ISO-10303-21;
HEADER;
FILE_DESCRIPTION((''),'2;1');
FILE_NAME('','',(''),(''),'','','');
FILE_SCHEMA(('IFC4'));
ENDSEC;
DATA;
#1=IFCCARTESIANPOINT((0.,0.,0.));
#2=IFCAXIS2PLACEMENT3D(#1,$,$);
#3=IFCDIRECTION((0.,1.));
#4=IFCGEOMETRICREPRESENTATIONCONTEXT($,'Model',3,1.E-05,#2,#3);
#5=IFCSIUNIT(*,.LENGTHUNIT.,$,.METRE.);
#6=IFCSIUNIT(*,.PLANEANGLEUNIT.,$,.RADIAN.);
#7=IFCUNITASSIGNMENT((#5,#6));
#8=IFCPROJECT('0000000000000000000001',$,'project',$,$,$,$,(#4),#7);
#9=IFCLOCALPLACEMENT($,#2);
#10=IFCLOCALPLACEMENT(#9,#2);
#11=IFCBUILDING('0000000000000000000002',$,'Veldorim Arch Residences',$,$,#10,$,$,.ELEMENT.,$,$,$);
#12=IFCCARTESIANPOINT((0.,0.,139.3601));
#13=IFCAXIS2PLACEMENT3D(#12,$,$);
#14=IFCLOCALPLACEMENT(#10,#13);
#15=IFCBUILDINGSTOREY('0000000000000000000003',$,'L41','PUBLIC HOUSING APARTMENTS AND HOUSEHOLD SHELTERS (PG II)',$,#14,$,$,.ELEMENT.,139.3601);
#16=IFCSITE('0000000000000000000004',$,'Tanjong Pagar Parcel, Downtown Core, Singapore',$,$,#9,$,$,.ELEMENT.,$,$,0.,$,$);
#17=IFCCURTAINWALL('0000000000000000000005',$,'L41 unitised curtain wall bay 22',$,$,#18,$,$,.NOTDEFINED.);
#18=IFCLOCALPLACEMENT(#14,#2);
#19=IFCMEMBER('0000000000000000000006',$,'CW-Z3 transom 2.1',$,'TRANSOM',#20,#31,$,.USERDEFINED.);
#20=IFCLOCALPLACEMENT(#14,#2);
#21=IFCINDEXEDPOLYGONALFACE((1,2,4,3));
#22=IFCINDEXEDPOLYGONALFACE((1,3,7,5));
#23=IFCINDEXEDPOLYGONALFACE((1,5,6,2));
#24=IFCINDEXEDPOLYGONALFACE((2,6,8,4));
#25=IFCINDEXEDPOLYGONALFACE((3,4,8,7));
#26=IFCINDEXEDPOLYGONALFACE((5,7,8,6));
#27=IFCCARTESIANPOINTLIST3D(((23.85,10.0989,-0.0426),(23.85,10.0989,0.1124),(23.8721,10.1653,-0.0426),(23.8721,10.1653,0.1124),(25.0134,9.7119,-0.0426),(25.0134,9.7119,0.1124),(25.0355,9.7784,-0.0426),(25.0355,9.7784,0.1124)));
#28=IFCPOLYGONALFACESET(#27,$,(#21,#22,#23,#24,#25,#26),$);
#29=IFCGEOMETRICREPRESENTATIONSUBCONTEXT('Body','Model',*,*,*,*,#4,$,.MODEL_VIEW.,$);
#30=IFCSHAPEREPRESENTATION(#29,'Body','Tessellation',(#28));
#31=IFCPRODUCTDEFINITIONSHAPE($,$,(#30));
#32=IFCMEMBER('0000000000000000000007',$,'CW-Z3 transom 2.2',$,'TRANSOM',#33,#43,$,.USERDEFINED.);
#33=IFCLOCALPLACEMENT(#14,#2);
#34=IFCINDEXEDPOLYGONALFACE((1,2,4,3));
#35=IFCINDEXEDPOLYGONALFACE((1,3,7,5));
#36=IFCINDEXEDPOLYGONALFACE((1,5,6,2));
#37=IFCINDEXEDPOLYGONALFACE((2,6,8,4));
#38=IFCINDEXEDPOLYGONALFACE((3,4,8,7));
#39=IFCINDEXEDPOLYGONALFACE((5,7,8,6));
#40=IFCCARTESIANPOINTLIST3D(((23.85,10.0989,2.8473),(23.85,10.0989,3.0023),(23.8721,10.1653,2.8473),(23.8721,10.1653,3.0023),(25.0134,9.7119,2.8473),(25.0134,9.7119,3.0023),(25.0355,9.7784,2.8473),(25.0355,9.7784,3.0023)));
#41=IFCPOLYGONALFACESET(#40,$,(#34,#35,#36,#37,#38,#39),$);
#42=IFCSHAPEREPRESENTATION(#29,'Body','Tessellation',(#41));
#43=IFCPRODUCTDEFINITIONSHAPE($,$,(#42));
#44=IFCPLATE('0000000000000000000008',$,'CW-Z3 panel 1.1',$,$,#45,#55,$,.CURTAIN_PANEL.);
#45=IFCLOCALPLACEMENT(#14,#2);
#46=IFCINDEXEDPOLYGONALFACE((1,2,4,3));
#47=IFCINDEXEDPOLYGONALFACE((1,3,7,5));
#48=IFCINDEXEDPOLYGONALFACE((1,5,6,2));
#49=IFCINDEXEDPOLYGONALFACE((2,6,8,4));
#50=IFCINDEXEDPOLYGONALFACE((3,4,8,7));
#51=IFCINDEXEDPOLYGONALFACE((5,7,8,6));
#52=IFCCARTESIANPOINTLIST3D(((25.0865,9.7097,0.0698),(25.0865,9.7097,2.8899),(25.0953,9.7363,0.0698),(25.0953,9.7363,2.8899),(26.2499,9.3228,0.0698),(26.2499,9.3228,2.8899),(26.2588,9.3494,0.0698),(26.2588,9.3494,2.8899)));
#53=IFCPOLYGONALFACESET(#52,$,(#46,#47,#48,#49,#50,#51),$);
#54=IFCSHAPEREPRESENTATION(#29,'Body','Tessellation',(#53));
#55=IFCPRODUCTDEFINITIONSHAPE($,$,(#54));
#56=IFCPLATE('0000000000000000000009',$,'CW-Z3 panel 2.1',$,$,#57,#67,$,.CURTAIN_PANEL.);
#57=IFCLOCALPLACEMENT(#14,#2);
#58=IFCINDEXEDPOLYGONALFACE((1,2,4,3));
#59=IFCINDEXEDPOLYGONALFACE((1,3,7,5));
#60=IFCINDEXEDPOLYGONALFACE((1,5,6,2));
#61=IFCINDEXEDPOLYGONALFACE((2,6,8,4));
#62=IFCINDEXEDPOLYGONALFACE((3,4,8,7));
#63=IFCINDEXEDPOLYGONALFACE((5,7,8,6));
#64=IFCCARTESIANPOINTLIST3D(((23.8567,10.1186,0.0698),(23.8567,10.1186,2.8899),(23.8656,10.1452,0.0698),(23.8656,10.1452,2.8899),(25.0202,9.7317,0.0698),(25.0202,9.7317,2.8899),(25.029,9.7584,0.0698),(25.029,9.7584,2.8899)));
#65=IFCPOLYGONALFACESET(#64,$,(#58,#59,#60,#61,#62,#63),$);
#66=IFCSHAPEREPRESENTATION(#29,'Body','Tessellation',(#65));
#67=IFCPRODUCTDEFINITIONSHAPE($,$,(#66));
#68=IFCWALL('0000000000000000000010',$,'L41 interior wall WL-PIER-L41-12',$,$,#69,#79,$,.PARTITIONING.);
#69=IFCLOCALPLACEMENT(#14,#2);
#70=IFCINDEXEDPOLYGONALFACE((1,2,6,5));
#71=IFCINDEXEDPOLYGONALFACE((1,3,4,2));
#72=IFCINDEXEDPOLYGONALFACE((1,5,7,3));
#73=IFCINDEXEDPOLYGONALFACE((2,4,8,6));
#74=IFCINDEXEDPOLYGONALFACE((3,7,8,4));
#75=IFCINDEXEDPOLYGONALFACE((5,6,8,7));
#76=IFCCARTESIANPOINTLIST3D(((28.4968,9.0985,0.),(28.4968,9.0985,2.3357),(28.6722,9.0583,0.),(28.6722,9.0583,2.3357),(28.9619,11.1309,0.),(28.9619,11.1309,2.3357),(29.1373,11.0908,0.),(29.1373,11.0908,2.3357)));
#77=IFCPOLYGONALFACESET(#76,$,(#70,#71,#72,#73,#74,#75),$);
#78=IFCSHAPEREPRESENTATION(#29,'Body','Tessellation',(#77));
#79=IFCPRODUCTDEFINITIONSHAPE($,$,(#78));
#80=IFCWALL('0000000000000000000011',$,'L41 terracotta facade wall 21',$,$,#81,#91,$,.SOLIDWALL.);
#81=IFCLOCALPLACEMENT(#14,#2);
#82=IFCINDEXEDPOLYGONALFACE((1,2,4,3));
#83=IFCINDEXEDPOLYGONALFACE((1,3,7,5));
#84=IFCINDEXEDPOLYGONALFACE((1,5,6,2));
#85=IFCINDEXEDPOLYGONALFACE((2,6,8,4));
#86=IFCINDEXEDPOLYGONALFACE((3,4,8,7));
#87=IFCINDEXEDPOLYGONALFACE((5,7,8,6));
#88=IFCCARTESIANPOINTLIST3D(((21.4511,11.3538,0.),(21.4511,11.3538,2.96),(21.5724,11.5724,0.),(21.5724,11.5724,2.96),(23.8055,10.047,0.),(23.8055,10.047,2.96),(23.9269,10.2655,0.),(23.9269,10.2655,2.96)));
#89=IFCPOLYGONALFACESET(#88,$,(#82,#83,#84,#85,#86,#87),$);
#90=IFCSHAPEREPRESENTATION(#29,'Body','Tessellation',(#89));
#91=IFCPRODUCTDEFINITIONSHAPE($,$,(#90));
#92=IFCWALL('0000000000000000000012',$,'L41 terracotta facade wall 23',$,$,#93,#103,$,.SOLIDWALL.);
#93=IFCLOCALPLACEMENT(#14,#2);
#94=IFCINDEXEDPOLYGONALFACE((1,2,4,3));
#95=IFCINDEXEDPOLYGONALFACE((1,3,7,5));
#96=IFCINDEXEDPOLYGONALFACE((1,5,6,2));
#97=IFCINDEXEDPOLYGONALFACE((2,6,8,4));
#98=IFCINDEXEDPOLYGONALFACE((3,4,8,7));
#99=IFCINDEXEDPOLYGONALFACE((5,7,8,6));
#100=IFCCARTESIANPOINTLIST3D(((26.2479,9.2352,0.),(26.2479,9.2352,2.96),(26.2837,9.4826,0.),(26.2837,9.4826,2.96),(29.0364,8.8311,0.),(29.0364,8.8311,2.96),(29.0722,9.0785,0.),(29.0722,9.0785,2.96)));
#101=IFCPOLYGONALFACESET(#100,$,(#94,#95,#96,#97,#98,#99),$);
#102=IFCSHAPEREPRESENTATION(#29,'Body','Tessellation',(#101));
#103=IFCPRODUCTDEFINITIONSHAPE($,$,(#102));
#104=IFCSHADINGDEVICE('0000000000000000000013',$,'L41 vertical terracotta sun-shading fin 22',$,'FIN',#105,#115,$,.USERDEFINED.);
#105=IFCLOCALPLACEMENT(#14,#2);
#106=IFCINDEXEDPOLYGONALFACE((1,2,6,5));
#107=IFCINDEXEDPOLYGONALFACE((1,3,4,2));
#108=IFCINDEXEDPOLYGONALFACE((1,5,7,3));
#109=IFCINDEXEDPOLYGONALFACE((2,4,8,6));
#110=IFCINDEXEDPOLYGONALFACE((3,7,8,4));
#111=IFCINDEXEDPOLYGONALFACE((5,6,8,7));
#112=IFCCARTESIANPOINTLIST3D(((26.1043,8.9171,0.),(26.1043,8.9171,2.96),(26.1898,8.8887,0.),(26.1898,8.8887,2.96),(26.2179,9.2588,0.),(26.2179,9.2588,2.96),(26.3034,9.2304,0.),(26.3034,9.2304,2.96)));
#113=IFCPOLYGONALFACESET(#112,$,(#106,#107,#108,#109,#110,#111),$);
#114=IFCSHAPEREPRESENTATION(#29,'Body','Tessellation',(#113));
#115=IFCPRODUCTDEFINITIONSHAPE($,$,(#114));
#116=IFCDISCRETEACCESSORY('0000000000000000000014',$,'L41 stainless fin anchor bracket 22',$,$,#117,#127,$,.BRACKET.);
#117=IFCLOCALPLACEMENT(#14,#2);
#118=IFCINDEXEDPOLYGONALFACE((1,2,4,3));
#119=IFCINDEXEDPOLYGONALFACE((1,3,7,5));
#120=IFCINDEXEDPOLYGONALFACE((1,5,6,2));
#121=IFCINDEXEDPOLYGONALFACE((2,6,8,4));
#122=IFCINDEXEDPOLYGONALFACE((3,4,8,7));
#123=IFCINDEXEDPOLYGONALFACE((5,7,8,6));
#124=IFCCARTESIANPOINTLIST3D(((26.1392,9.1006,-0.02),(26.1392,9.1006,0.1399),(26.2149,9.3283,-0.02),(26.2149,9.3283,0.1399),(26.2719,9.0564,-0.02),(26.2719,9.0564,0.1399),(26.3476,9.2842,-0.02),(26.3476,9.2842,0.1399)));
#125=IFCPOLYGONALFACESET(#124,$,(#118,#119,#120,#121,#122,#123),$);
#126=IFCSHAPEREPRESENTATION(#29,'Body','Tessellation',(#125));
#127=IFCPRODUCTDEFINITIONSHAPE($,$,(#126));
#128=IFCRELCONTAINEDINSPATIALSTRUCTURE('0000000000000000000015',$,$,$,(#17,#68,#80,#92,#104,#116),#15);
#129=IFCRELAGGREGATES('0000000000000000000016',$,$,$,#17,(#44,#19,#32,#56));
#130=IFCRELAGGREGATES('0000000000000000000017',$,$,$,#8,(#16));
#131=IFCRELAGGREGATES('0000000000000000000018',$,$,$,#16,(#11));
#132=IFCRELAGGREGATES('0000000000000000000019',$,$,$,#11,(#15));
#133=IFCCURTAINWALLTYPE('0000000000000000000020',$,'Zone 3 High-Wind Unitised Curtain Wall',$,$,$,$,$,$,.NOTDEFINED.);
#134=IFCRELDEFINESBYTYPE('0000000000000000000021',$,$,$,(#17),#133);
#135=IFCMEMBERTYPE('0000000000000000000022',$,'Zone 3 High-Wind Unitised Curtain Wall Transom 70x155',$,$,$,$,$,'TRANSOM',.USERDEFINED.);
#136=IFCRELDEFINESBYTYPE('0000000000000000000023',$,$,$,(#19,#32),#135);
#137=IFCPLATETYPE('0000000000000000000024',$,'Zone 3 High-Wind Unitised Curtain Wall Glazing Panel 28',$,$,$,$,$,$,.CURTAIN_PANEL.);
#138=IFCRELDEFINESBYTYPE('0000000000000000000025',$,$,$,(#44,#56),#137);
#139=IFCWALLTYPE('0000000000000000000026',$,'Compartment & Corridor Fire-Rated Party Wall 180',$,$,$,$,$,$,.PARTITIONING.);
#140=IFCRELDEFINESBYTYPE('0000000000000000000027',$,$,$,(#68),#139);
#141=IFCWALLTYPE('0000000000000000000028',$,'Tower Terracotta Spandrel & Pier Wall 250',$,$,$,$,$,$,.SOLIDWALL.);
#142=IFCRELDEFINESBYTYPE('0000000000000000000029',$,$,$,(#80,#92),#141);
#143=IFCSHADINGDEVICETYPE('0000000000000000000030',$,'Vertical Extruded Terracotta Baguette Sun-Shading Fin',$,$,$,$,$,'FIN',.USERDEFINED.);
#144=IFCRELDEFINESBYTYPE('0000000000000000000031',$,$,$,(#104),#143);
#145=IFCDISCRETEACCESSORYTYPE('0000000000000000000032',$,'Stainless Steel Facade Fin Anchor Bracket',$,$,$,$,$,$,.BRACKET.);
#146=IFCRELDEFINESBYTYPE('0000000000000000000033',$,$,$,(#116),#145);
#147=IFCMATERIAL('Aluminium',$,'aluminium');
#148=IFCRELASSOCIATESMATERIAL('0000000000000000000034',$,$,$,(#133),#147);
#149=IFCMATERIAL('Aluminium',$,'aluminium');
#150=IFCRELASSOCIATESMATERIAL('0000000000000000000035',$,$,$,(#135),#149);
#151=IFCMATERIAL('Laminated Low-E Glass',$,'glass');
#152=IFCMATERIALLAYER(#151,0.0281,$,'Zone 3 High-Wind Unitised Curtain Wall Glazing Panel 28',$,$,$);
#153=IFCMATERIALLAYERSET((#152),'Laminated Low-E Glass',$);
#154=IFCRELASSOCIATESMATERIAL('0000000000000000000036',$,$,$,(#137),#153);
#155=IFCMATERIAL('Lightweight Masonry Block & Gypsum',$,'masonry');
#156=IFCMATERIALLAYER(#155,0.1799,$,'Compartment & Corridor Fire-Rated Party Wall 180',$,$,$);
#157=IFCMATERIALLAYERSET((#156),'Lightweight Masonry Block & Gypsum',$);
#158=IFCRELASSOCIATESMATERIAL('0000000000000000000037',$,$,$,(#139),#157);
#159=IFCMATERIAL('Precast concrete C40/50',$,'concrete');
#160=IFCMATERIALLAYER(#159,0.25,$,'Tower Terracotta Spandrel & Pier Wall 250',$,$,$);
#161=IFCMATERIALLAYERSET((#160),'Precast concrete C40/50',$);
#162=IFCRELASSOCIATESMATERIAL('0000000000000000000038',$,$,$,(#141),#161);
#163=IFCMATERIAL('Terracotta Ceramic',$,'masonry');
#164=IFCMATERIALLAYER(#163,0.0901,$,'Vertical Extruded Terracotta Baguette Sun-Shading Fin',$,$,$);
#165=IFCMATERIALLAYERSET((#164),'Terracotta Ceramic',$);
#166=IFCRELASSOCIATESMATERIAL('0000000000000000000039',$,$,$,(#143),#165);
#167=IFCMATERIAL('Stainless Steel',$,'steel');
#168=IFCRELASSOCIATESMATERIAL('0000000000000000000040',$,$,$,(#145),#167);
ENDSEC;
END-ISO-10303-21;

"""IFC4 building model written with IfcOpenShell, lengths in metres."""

from ifc_helpers import new_model, si_unit, direction, frame, frame_2d, origin, origin_2d, place, context, subcontext, project, spatial, rectangle, extrude, material, layer, layer_set, material_profile, profile_set, type_object, element, aggregate, save


model = new_model("IFC4")

# Units and contexts
model_context = context("Model", 3, precision=1e-05, world=origin(), true_north=direction((0.0, 1.0)))
body_context = subcontext(model_context, "Body", "Model", "MODEL_VIEW")
ifc_project = project(units=[si_unit("LENGTHUNIT", "METRE"), si_unit("PLANEANGLEUNIT", "RADIAN")], contexts=[model_context])

# Site, building, storey
site_placement = place(None, origin())
site = spatial("IfcSite", under=ifc_project, at=site_placement, Name="Tanjong Pagar Parcel, Downtown Core, Singapore", CompositionType="ELEMENT", RefElevation=0.0)
building_placement = place(site_placement, origin())
building = spatial("IfcBuilding", under=site, at=building_placement, Name="Veldorim Arch Residences", CompositionType="ELEMENT")
storey_placement = place(building_placement, frame((0.0, 0.0, 139.3601)))
storey = spatial("IfcBuildingStorey", under=building, at=storey_placement, Name="L41", Description="PUBLIC HOUSING APARTMENTS AND HOUSEHOLD SHELTERS (PG II)", CompositionType="ELEMENT", Elevation=139.3601)

# Curtain wall, members, plates
ifc_material_1 = material(Name="Aluminium", Category="aluminium")
curtain_wall_type = type_object("IfcCurtainWallType", Name="Zone 3 High-Wind Unitised Curtain Wall", PredefinedType="NOTDEFINED", material=ifc_material_1)
curtain_wall_placement = place(storey_placement, origin())
curtain_wall = element("IfcCurtainWall", 1, at=curtain_wall_placement, inside=storey, type_object=curtain_wall_type, Name="L41 unitised curtain wall bay 22", PredefinedType="NOTDEFINED")
ifc_material_2 = material(Name="Aluminium", Category="aluminium")
ifc_material_profile_1 = material_profile(ifc_material_2, rectangle(XDim=0.0701, YDim=0.155, at=origin_2d()), Name="ALU_TRN_70x155")
ifc_profile_set_1 = profile_set([ifc_material_profile_1], Name="Aluminium")
member_type_1 = type_object("IfcMemberType", Name="Zone 3 High-Wind Unitised Curtain Wall Transom 70x155", ElementType="TRANSOM", PredefinedType="USERDEFINED", material=ifc_profile_set_1)
member_1_placement = place(storey_placement, frame((25.0244, 9.7451, 0.0349), z_axis=(-0.948882, 0.31563, 0.0), x_axis=(-0.31563, -0.948882, 0.0)))
member_1 = element("IfcMember", 2, at=member_1_placement, type_object=member_type_1, Name="CW-Z3 transom 2.1", ObjectType="TRANSOM", PredefinedType="USERDEFINED", context=body_context, shape_type="SweptSolid", body=[
    extrude(rectangle(XDim=0.0701, YDim=0.155, at=origin_2d()), origin(), (0.0, 0.0, 1.0), 1.2261),
])
member_2_placement = place(storey_placement, frame((25.0244, 9.7451, 2.9248), z_axis=(-0.948882, 0.31563, 0.0), x_axis=(-0.31563, -0.948882, 0.0)))
member_2 = element("IfcMember", 3, at=member_2_placement, type_object=member_type_1, Name="CW-Z3 transom 2.2", ObjectType="TRANSOM", PredefinedType="USERDEFINED", context=body_context, shape_type="SweptSolid", body=[
    extrude(rectangle(XDim=0.0701, YDim=0.155, at=origin_2d()), origin(), (0.0, 0.0, 1.0), 1.2261),
])
ifc_material_3 = material(Name="Laminated Low-E Glass", Category="glass")
ifc_layer_1 = layer(ifc_material_3, 0.0281, Name="Zone 3 High-Wind Unitised Curtain Wall Glazing Panel 28")
ifc_layer_set_1 = layer_set([ifc_layer_1], Name="Laminated Low-E Glass")
plate_type = type_object("IfcPlateType", Name="Zone 3 High-Wind Unitised Curtain Wall Glazing Panel 28", PredefinedType="CURTAIN_PANEL", material=ifc_layer_set_1)
plate_1_placement = place(storey_placement, frame((25.6726, 9.5295, 0.0698), z_axis=(0.0, 0.0, 1.0), x_axis=(-0.948908, 0.315552, 0.0)))
plate_1 = element("IfcPlate", 4, at=plate_1_placement, type_object=plate_type, Name="CW-Z3 panel 1.1", PredefinedType="CURTAIN_PANEL", context=body_context, shape_type="SweptSolid", body=[
    extrude(rectangle(XDim=1.2261, YDim=0.0281, at=origin_2d()), origin(), (0.0, 0.0, 1.0), 2.8201),
])
plate_2_placement = place(storey_placement, frame((24.4429, 9.9385, 0.0698), z_axis=(0.0, 0.0, 1.0), x_axis=(-0.948908, 0.315552, 0.0)))
plate_2 = element("IfcPlate", 5, at=plate_2_placement, type_object=plate_type, Name="CW-Z3 panel 2.1", PredefinedType="CURTAIN_PANEL", context=body_context, shape_type="SweptSolid", body=[
    extrude(rectangle(XDim=1.2261, YDim=0.0281, at=origin_2d()), origin(), (0.0, 0.0, 1.0), 2.8201),
])
aggregate(curtain_wall, [plate_1, member_1, member_2, plate_2])

# Walls
ifc_material_4 = material(Name="Lightweight Masonry Block & Gypsum", Category="masonry")
ifc_layer_2 = layer(ifc_material_4, 0.1799, Name="Compartment & Corridor Fire-Rated Party Wall 180")
ifc_layer_set_2 = layer_set([ifc_layer_2], Name="Lightweight Masonry Block & Gypsum")
wall_type_1 = type_object("IfcWallType", Name="Compartment & Corridor Fire-Rated Party Wall 180", PredefinedType="PARTITIONING", material=ifc_layer_set_2)
wall_1_placement = place(storey_placement, frame((29.0496, 11.1108, 0.0), z_axis=(0.0, 0.0, 1.0), x_axis=(-0.223063, -0.974804, 0.0)))
element("IfcWall", 6, at=wall_1_placement, inside=storey, type_object=wall_type_1, Name="L41 interior wall WL-PIER-L41-12", PredefinedType="PARTITIONING", context=body_context, shape_type="SweptSolid", body=[
    extrude(rectangle(XDim=2.085, YDim=0.1799, at=frame_2d((1.0425, 0.0))), origin(), (0.0, 0.0, 1.0), 2.3357),
])
ifc_material_5 = material(Name="Precast concrete C40/50", Category="concrete")
ifc_layer_3 = layer(ifc_material_5, 0.25, Name="Tower Terracotta Spandrel & Pier Wall 250")
ifc_layer_set_3 = layer_set([ifc_layer_3], Name="Precast concrete C40/50")
wall_type_2 = type_object("IfcWallType", Name="Tower Terracotta Spandrel & Pier Wall 250", PredefinedType="SOLIDWALL", material=ifc_layer_set_3)
wall_2_placement = place(storey_placement, frame((23.8662, 10.1562, 0.0), z_axis=(0.0, 0.0, 1.0), x_axis=(-0.874341, 0.485312, 0.0)))
element("IfcWall", 7, at=wall_2_placement, inside=storey, type_object=wall_type_2, Name="L41 terracotta facade wall 21", PredefinedType="SOLIDWALL", context=body_context, shape_type="SweptSolid", body=[
    extrude(rectangle(XDim=2.6929, YDim=0.25, at=frame_2d((1.3464, 0.0))), origin(), (0.0, 0.0, 1.0), 2.96),
])
wall_3_placement = place(storey_placement, frame((29.0542, 8.9548, 0.0), z_axis=(0.0, 0.0, 1.0), x_axis=(-0.989665, 0.143398, 0.0)))
element("IfcWall", 8, at=wall_3_placement, inside=storey, type_object=wall_type_2, Name="L41 terracotta facade wall 23", PredefinedType="SOLIDWALL", context=body_context, shape_type="SweptSolid", body=[
    extrude(rectangle(XDim=2.8176, YDim=0.25, at=frame_2d((1.4087, 0.0))), origin(), (0.0, 0.0, 1.0), 2.96),
])

# Shading device
ifc_material_6 = material(Name="Terracotta Ceramic", Category="masonry")
ifc_layer_4 = layer(ifc_material_6, 0.0901, Name="Vertical Extruded Terracotta Baguette Sun-Shading Fin")
ifc_layer_set_4 = layer_set([ifc_layer_4], Name="Terracotta Ceramic")
shading_device_type = type_object("IfcShadingDeviceType", Name="Vertical Extruded Terracotta Baguette Sun-Shading Fin", ElementType="FIN", PredefinedType="USERDEFINED", material=ifc_layer_set_4)
shading_device_placement = place(storey_placement, frame((26.2039, 9.0737, 0.0), z_axis=(0.0, 0.0, 1.0), x_axis=(-0.948931, 0.315483, 0.0)))
element("IfcShadingDevice", 9, at=shading_device_placement, inside=storey, type_object=shading_device_type, Name="L41 vertical terracotta sun-shading fin 22", ObjectType="FIN", PredefinedType="USERDEFINED", context=body_context, shape_type="SweptSolid", body=[
    extrude(rectangle(XDim=0.0901, YDim=0.3601, at=origin_2d()), origin(), (0.0, 0.0, 1.0), 2.96),
])

# Discrete accessory
ifc_material_7 = material(Name="Stainless Steel", Category="steel")
discrete_accessory_type = type_object("IfcDiscreteAccessoryType", Name="Stainless Steel Facade Fin Anchor Bracket", PredefinedType="BRACKET", material=ifc_material_7)
discrete_accessory_placement = place(storey_placement, frame((26.2434, 9.1924, -0.02), z_axis=(0.0, 0.0, 1.0), x_axis=(-0.948931, 0.315483, 0.0)))
element("IfcDiscreteAccessory", 10, at=discrete_accessory_placement, inside=storey, type_object=discrete_accessory_type, Name="L41 stainless fin anchor bracket 22", PredefinedType="BRACKET", context=body_context, shape_type="SweptSolid", body=[
    extrude(rectangle(XDim=0.1399, YDim=0.24, at=origin_2d()), origin(), (0.0, 0.0, 1.0), 0.1599),
])

save(model, "model.ifc")
